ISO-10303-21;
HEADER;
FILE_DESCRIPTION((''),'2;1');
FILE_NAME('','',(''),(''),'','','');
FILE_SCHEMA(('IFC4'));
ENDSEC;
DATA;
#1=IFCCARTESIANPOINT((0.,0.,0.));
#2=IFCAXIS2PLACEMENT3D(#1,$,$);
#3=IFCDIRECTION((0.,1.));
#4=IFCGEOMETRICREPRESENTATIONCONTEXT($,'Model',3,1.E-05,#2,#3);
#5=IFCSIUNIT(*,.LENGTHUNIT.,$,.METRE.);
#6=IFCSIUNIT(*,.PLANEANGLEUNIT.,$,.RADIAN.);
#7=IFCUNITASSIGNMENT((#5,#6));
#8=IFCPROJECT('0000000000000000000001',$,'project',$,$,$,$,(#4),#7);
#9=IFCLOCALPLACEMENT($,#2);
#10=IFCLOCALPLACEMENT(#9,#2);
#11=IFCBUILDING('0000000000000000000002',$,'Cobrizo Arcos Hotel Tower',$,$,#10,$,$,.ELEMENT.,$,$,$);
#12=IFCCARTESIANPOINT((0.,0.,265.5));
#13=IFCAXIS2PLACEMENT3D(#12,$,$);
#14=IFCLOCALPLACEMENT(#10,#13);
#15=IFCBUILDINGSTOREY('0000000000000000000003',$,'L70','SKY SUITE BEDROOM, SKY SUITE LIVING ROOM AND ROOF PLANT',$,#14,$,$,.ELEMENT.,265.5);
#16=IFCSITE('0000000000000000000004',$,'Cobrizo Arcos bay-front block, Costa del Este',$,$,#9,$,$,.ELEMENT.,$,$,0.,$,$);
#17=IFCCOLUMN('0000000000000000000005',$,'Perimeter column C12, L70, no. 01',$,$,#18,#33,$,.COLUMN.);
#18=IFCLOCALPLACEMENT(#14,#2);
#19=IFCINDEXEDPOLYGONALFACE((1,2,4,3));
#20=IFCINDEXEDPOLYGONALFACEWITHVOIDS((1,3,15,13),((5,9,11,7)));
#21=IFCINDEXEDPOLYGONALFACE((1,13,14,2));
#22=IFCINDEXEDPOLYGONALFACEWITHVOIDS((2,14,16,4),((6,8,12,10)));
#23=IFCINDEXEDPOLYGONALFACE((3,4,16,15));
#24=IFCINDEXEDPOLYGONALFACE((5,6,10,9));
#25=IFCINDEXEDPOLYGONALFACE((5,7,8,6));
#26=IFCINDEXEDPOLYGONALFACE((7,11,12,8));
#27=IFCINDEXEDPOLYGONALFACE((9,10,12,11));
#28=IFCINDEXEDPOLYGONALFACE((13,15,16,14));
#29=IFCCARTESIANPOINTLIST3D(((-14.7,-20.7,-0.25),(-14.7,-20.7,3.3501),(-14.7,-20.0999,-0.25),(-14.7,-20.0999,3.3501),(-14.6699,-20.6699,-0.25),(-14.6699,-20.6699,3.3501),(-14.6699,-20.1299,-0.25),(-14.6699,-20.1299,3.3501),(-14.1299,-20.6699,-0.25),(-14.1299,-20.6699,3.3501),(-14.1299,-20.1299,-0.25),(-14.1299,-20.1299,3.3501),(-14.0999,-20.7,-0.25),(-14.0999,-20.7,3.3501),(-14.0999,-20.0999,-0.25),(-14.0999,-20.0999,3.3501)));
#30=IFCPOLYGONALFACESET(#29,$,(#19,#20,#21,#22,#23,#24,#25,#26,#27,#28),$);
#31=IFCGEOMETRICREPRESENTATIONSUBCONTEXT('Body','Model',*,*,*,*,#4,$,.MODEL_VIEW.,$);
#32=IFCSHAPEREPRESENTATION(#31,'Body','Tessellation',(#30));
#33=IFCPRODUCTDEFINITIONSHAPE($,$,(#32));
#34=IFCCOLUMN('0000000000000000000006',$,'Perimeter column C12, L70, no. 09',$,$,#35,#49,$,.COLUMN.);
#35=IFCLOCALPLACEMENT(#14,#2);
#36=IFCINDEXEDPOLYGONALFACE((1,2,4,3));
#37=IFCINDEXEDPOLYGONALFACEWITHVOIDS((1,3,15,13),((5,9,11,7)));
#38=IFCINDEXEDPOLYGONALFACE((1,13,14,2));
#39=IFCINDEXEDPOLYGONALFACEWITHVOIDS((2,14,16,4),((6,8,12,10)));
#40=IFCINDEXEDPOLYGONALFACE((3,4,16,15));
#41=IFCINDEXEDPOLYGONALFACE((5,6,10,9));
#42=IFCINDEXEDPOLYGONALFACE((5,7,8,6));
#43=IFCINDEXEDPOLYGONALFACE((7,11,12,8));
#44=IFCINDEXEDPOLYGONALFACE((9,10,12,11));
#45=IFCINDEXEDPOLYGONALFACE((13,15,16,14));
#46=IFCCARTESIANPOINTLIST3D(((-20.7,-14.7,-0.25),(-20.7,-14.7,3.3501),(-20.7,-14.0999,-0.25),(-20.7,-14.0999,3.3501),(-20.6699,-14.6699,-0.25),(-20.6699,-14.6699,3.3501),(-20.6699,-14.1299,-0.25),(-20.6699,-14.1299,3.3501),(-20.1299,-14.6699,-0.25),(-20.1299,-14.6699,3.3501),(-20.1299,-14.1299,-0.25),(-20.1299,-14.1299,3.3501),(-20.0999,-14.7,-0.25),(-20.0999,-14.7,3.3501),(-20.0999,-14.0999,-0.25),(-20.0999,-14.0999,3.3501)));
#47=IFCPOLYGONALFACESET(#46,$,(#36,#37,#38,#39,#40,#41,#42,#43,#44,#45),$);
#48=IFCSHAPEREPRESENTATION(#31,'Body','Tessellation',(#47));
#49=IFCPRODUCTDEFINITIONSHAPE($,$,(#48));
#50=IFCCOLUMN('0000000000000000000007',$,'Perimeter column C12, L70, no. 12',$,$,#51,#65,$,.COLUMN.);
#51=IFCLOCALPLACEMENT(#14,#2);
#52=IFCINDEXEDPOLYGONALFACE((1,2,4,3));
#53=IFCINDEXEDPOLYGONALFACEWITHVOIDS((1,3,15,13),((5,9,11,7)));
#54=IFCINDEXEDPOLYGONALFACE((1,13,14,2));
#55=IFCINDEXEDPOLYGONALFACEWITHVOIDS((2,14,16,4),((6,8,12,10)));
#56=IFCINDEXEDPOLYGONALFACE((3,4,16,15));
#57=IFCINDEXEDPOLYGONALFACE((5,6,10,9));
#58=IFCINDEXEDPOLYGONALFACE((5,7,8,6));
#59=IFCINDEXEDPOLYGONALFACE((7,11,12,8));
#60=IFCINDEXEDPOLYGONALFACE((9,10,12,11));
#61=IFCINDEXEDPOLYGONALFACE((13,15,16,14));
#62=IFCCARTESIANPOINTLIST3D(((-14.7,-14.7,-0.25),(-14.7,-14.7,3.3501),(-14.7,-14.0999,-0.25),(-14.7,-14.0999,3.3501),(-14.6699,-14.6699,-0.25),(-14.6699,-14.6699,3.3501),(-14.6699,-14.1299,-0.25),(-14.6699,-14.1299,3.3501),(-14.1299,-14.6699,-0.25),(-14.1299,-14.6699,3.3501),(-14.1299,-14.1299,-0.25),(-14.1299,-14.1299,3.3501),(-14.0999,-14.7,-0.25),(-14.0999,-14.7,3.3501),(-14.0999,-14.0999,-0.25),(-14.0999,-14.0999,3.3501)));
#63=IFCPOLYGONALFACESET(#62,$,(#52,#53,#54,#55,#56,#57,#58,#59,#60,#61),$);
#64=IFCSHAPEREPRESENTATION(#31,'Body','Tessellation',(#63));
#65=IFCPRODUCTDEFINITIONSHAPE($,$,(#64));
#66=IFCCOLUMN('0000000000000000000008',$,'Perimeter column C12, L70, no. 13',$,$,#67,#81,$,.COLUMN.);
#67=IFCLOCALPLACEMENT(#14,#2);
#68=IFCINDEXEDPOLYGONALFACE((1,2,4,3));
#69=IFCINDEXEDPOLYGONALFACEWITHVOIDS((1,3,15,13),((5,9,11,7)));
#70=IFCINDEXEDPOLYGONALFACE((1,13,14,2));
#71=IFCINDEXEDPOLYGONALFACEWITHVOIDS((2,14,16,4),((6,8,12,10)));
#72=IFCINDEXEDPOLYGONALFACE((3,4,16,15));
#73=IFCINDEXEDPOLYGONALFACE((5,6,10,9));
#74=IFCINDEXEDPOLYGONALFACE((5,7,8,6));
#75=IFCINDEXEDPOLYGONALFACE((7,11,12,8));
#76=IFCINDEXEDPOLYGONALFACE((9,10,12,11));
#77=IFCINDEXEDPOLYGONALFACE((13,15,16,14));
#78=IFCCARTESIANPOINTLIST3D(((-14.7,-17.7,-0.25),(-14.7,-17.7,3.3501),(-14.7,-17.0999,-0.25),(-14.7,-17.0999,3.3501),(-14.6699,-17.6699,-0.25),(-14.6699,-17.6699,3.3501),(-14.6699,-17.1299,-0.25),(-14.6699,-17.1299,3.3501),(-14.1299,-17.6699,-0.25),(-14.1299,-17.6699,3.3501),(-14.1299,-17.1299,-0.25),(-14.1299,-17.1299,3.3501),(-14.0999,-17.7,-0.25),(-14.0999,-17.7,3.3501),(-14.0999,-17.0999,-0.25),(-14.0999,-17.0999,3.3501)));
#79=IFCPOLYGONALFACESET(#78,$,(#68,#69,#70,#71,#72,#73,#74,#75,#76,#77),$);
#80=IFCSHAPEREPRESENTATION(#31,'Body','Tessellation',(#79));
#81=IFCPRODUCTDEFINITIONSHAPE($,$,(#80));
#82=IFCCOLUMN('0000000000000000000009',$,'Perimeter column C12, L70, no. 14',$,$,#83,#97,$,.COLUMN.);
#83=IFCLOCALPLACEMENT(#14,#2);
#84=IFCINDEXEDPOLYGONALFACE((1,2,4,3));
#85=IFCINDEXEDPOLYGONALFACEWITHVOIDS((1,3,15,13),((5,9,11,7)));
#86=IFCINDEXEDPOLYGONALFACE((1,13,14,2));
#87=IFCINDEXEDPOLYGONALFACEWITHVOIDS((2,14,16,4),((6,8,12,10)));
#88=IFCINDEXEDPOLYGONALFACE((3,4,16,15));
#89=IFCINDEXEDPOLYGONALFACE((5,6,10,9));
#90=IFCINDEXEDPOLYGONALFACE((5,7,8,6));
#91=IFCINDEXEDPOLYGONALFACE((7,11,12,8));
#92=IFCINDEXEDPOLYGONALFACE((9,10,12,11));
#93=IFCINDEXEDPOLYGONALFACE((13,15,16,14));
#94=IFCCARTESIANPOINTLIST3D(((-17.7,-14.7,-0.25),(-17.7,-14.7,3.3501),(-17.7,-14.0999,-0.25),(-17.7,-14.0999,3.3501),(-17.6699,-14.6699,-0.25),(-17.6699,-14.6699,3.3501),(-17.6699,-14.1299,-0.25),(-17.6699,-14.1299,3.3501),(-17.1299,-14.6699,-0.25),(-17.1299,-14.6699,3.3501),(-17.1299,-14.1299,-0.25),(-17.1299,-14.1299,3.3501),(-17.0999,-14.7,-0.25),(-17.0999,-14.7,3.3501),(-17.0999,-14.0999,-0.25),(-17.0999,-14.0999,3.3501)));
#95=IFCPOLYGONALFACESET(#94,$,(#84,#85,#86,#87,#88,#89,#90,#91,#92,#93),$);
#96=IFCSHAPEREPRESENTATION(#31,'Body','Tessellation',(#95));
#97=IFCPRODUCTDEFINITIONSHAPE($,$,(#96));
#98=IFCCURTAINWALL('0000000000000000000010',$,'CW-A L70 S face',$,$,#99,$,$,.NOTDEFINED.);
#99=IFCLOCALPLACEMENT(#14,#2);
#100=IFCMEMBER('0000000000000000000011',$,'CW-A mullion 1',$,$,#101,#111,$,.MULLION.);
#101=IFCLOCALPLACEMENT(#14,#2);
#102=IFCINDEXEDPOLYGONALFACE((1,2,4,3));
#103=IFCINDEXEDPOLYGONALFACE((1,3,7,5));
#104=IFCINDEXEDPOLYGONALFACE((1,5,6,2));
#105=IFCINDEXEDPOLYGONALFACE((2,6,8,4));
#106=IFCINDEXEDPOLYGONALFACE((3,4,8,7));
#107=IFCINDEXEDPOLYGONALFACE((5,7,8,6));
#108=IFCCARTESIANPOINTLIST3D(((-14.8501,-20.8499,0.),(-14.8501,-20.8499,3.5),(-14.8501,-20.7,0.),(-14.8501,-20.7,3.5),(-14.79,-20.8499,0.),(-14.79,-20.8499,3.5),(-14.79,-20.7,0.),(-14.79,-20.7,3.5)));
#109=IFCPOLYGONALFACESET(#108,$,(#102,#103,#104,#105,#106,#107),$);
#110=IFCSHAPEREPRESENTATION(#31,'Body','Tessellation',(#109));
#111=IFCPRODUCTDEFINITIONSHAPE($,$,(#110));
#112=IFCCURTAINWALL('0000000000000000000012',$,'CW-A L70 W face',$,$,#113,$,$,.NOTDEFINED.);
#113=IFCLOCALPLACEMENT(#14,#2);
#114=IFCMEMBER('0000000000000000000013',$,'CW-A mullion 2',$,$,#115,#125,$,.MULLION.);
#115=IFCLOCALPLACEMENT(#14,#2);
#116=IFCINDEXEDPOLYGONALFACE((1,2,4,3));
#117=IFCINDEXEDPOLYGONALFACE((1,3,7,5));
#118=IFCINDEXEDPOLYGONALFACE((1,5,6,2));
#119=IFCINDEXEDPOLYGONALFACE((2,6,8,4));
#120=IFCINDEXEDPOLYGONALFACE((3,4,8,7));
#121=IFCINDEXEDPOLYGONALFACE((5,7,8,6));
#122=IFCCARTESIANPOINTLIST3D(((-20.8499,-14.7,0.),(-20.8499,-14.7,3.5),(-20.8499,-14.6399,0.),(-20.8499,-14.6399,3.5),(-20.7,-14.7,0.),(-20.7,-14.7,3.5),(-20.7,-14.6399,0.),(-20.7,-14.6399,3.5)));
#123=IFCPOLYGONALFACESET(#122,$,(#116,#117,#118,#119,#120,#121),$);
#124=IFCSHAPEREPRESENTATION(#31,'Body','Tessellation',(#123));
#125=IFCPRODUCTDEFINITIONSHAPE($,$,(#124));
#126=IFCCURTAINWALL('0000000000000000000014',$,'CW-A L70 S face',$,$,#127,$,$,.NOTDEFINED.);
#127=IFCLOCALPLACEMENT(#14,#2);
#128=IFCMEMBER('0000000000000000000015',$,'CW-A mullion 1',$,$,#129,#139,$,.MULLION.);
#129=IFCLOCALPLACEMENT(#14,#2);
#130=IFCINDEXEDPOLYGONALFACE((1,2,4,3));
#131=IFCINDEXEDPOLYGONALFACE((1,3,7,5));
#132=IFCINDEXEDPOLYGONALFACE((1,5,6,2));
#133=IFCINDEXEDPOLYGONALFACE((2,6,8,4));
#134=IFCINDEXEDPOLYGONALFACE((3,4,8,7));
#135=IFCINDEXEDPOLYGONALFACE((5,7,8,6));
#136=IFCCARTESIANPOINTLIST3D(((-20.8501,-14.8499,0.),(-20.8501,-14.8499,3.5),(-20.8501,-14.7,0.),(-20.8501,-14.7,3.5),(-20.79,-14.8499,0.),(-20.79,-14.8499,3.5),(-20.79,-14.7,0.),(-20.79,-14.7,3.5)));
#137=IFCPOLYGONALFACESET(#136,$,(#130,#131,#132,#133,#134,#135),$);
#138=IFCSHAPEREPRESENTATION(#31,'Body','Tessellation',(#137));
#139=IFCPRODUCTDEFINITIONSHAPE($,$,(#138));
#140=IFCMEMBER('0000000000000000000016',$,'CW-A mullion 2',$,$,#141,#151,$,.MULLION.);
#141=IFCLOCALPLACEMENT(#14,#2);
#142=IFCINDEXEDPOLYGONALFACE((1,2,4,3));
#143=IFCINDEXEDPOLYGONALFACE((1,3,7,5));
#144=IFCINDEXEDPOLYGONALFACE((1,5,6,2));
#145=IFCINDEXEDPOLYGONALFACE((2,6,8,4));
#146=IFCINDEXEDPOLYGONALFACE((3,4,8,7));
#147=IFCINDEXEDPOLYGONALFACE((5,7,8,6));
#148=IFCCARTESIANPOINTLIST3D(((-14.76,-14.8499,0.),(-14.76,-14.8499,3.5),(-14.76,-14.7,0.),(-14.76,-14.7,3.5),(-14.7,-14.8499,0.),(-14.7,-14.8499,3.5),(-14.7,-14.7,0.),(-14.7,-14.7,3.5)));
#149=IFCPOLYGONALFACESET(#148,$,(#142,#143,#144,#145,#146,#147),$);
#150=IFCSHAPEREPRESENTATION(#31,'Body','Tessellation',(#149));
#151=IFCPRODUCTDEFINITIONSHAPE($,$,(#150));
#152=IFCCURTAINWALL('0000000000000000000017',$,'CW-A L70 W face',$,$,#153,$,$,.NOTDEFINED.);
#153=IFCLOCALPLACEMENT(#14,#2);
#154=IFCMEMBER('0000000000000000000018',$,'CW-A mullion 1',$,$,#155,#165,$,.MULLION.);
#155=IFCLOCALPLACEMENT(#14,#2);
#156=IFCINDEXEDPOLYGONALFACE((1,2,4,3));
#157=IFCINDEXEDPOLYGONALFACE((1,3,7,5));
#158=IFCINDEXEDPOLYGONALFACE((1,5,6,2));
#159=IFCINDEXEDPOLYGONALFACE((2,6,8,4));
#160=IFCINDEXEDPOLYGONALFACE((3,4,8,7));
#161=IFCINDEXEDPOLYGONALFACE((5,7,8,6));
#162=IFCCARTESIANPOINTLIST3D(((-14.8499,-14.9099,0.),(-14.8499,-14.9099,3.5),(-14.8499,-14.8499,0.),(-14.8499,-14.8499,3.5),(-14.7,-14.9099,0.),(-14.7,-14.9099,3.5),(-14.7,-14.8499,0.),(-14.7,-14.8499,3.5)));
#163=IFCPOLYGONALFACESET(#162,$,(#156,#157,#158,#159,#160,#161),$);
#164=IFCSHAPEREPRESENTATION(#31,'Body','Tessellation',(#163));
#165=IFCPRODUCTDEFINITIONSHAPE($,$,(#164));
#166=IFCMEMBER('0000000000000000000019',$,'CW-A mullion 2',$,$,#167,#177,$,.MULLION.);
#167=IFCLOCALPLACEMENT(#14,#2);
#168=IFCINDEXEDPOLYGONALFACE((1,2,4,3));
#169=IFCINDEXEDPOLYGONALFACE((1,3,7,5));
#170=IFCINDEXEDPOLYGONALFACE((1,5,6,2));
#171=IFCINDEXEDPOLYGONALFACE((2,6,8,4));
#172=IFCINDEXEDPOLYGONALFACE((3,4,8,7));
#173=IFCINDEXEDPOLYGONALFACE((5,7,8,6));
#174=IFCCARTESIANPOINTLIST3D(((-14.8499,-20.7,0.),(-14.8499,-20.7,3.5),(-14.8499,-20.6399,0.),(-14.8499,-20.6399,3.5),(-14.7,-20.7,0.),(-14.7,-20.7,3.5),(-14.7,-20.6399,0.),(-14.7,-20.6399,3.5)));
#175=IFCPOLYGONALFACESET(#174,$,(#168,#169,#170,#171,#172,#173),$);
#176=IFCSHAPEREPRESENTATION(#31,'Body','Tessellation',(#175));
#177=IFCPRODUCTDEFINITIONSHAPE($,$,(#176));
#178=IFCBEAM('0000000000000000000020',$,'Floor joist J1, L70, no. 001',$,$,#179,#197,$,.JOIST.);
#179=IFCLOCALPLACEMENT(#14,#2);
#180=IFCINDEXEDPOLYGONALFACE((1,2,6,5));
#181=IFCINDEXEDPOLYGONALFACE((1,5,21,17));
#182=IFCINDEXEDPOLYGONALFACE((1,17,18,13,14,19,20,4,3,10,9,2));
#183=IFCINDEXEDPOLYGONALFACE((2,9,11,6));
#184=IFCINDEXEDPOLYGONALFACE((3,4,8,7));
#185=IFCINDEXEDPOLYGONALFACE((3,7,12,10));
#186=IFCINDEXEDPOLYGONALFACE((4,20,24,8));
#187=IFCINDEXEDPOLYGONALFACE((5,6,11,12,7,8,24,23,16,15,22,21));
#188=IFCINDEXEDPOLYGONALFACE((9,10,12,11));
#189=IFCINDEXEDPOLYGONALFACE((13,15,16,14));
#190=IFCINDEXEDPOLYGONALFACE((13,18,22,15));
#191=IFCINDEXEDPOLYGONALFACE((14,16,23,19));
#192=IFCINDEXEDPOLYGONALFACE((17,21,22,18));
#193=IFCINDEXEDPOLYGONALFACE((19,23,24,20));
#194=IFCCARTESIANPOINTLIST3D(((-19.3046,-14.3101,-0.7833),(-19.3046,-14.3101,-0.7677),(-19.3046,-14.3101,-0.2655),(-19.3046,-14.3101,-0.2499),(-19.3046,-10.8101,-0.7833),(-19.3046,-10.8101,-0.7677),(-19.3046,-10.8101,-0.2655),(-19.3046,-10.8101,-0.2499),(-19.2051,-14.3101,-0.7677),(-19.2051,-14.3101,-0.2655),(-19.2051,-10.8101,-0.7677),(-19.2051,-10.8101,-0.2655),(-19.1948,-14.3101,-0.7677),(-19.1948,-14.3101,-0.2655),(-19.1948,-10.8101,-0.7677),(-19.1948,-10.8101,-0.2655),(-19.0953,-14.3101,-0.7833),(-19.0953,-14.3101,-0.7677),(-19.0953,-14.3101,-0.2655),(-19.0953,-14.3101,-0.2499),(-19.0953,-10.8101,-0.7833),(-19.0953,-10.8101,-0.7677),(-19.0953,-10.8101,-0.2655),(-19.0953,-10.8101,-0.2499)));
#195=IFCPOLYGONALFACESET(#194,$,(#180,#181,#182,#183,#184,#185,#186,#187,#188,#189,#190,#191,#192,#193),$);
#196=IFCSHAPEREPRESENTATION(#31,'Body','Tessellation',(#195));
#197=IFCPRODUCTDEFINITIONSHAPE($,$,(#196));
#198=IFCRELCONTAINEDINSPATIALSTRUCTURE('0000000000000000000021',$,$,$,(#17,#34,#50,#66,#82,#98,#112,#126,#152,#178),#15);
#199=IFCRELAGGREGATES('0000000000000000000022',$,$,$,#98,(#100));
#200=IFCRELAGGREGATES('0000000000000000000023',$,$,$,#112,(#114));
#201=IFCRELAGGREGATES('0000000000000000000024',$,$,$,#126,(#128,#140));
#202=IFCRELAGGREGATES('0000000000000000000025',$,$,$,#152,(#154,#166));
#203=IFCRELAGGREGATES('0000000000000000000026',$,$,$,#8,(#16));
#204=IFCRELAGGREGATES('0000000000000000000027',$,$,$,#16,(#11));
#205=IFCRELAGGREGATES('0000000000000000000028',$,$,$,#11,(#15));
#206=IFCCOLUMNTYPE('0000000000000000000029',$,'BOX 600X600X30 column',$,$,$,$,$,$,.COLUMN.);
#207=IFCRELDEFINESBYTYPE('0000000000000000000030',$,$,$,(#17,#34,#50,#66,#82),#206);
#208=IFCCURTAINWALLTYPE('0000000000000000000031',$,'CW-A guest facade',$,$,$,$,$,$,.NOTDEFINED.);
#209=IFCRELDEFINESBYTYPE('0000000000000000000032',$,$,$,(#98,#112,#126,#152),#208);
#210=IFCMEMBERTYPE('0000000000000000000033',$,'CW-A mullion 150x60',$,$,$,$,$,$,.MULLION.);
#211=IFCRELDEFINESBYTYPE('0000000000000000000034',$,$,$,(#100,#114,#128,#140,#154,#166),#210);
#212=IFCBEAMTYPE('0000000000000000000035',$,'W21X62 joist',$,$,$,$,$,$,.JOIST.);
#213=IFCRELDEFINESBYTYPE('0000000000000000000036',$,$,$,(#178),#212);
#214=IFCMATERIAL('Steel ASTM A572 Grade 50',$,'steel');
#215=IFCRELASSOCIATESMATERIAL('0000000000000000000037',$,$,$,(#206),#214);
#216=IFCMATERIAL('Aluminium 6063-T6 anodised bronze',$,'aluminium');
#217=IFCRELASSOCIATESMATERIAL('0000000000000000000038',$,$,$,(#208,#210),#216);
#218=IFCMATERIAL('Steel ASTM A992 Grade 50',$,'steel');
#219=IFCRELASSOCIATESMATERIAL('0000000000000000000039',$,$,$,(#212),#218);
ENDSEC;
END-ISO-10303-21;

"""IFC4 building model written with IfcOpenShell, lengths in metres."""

from ifc_helpers import new_model, si_unit, direction, frame, origin, origin_2d, place, context, subcontext, project, spatial, rectangle, hollow_rectangle, i_section, extrude, material, material_profile, profile_set, type_object, element, aggregate, save


model = new_model("IFC4")

# Units and contexts
model_context = context("Model", 3, precision=1e-05, world=origin(), true_north=direction((0.0, 1.0)))
body_context = subcontext(model_context, "Body", "Model", "MODEL_VIEW")
ifc_project = project(units=[si_unit("LENGTHUNIT", "METRE"), si_unit("PLANEANGLEUNIT", "RADIAN")], contexts=[model_context])

# Site, building, storey
site_placement = place(None, origin())
site = spatial("IfcSite", under=ifc_project, at=site_placement, Name="Cobrizo Arcos bay-front block, Costa del Este", CompositionType="ELEMENT", RefElevation=0.0)
building_placement = place(site_placement, origin())
building = spatial("IfcBuilding", under=site, at=building_placement, Name="Cobrizo Arcos Hotel Tower", CompositionType="ELEMENT")
storey_placement = place(building_placement, frame((0.0, 0.0, 265.5)))
storey = spatial("IfcBuildingStorey", under=building, at=storey_placement, Name="L70", Description="SKY SUITE BEDROOM, SKY SUITE LIVING ROOM AND ROOF PLANT", CompositionType="ELEMENT", Elevation=265.5)

# Columns
ifc_material_1 = material(Name="Steel ASTM A572 Grade 50", Category="steel")
ifc_material_profile_1 = material_profile(ifc_material_1, hollow_rectangle(XDim=0.6001, YDim=0.6001, WallThickness=0.03, at=origin_2d()), Name="BOX 600X600X30")
ifc_profile_set_1 = profile_set([ifc_material_profile_1], Name="Steel ASTM A572 Grade 50")
column_type = type_object("IfcColumnType", Name="BOX 600X600X30 column", PredefinedType="COLUMN", material=ifc_profile_set_1)
for number, where, z_axis, x_axis, name in (
    (1, (-14.3999, -20.3999, -0.25), (0.0, 0.0, 1.0), (1.0, 0.0, 0.0), "Perimeter column C12, L70, no. 01"),
    (2, (-20.3999, -14.3999, -0.25), (0.0, 0.0, 1.0), (1.0, 0.0, 0.0), "Perimeter column C12, L70, no. 09"),
    (3, (-14.3999, -14.3999, -0.25), (0.0, 0.0, 1.0), (1.0, 0.0, 0.0), "Perimeter column C12, L70, no. 12"),
    (4, (-14.3999, -17.3999, -0.25), (0.0, 0.0, 1.0), (1.0, 0.0, 0.0), "Perimeter column C12, L70, no. 13"),
    (5, (-17.3999, -14.3999, -0.25), (0.0, 0.0, 1.0), (1.0, 0.0, 0.0), "Perimeter column C12, L70, no. 14"),
):
    element("IfcColumn", number, at=place(storey_placement, frame(where, z_axis=z_axis, x_axis=x_axis)), inside=storey, type_object=column_type, Name=name, PredefinedType="COLUMN", context=body_context, shape_type="SweptSolid", body=[
        extrude(hollow_rectangle(XDim=0.6001, YDim=0.6001, WallThickness=0.03, at=origin_2d()), origin(), (0.0, 0.0, 1.0), 3.6001),
    ])

# Curtain walls, members
ifc_material_2 = material(Name="Aluminium 6063-T6 anodised bronze", Category="aluminium")
curtain_wall_type = type_object("IfcCurtainWallType", Name="CW-A guest facade", PredefinedType="NOTDEFINED", material=ifc_material_2)
curtain_wall_1_placement = place(storey_placement, origin())
curtain_wall_1 = element("IfcCurtainWall", 6, at=curtain_wall_1_placement, inside=storey, type_object=curtain_wall_type, Name="CW-A L70 S face", PredefinedType="NOTDEFINED")
ifc_material_profile_2 = material_profile(ifc_material_2, rectangle(XDim=0.1499, YDim=0.0601, at=origin_2d()), Name="CW-A mullion 150x60")
ifc_profile_set_2 = profile_set([ifc_material_profile_2], Name="Aluminium 6063-T6 anodised bronze")
member_type = type_object("IfcMemberType", Name="CW-A mullion 150x60", PredefinedType="MULLION", material=ifc_profile_set_2)
member_1_placement = place(storey_placement, frame((-14.8201, -20.7749, 0.0), z_axis=(0.0, 0.0, 1.0), x_axis=(0.0, -1.0, 0.0)))
member_1 = element("IfcMember", 7, at=member_1_placement, type_object=member_type, Name="CW-A mullion 1", PredefinedType="MULLION", context=body_context, shape_type="SweptSolid", body=[
    extrude(rectangle(XDim=0.1499, YDim=0.0601, at=origin_2d()), origin(), (0.0, 0.0, 1.0), 3.5),
])
aggregate(curtain_wall_1, [member_1])
curtain_wall_2_placement = place(storey_placement, origin())
curtain_wall_2 = element("IfcCurtainWall", 8, at=curtain_wall_2_placement, inside=storey, type_object=curtain_wall_type, Name="CW-A L70 W face", PredefinedType="NOTDEFINED")
member_2_placement = place(storey_placement, frame((-20.7749, -14.6699, 0.0), z_axis=(0.0, 0.0, 1.0), x_axis=(-1.0, 0.0, 0.0)))
member_2 = element("IfcMember", 9, at=member_2_placement, type_object=member_type, Name="CW-A mullion 2", PredefinedType="MULLION", context=body_context, shape_type="SweptSolid", body=[
    extrude(rectangle(XDim=0.1499, YDim=0.0601, at=origin_2d()), origin(), (0.0, 0.0, 1.0), 3.5),
])
aggregate(curtain_wall_2, [member_2])

# Curtain walls, members
curtain_wall_3_placement = place(storey_placement, origin())
curtain_wall_3 = element("IfcCurtainWall", 10, at=curtain_wall_3_placement, inside=storey, type_object=curtain_wall_type, Name="CW-A L70 S face", PredefinedType="NOTDEFINED")
member_3_placement = place(storey_placement, frame((-20.8201, -14.7749, 0.0), z_axis=(0.0, 0.0, 1.0), x_axis=(0.0, -1.0, 0.0)))
member_3 = element("IfcMember", 11, at=member_3_placement, type_object=member_type, Name="CW-A mullion 1", PredefinedType="MULLION", context=body_context, shape_type="SweptSolid", body=[
    extrude(rectangle(XDim=0.1499, YDim=0.0601, at=origin_2d()), origin(), (0.0, 0.0, 1.0), 3.5),
])
member_4_placement = place(storey_placement, frame((-14.73, -14.7749, 0.0), z_axis=(0.0, 0.0, 1.0), x_axis=(0.0, -1.0, 0.0)))
member_4 = element("IfcMember", 12, at=member_4_placement, type_object=member_type, Name="CW-A mullion 2", PredefinedType="MULLION", context=body_context, shape_type="SweptSolid", body=[
    extrude(rectangle(XDim=0.1499, YDim=0.0601, at=origin_2d()), origin(), (0.0, 0.0, 1.0), 3.5),
])
curtain_wall_4_placement = place(storey_placement, origin())
curtain_wall_4 = element("IfcCurtainWall", 13, at=curtain_wall_4_placement, inside=storey, type_object=curtain_wall_type, Name="CW-A L70 W face", PredefinedType="NOTDEFINED")
member_5_placement = place(storey_placement, frame((-14.7749, -14.8799, 0.0), z_axis=(0.0, 0.0, 1.0), x_axis=(-1.0, 0.0, 0.0)))
member_5 = element("IfcMember", 14, at=member_5_placement, type_object=member_type, Name="CW-A mullion 1", PredefinedType="MULLION", context=body_context, shape_type="SweptSolid", body=[
    extrude(rectangle(XDim=0.1499, YDim=0.0601, at=origin_2d()), origin(), (0.0, 0.0, 1.0), 3.5),
])
member_6_placement = place(storey_placement, frame((-14.7749, -20.6699, 0.0), z_axis=(0.0, 0.0, 1.0), x_axis=(-1.0, 0.0, 0.0)))
member_6 = element("IfcMember", 15, at=member_6_placement, type_object=member_type, Name="CW-A mullion 2", PredefinedType="MULLION", context=body_context, shape_type="SweptSolid", body=[
    extrude(rectangle(XDim=0.1499, YDim=0.0601, at=origin_2d()), origin(), (0.0, 0.0, 1.0), 3.5),
])

# Beam
ifc_material_3 = material(Name="Steel ASTM A992 Grade 50", Category="steel")
ifc_material_profile_3 = material_profile(ifc_material_3, i_section(OverallWidth=0.2092, OverallDepth=0.5334, WebThickness=0.0103, FlangeThickness=0.0156, at=origin_2d()), Name="W21X62")
ifc_profile_set_3 = profile_set([ifc_material_profile_3], Name="Steel ASTM A992 Grade 50")
beam_type_1 = type_object("IfcBeamType", Name="W21X62 joist", PredefinedType="JOIST", material=ifc_profile_set_3)
beam_1_placement = place(storey_placement, frame((-19.2, -14.3101, -0.5166), z_axis=(0.0, 1.0, 0.0), x_axis=(-1.0, 0.0, 0.0)))
element("IfcBeam", 16, at=beam_1_placement, inside=storey, type_object=beam_type_1, Name="Floor joist J1, L70, no. 001", PredefinedType="JOIST", context=body_context, shape_type="SweptSolid", body=[
    extrude(i_section(OverallWidth=0.2092, OverallDepth=0.5334, WebThickness=0.0103, FlangeThickness=0.0156, at=origin_2d()), origin(), (0.0, 0.0, 1.0), 3.5),
])

aggregate(curtain_wall_3, [member_3, member_4])
aggregate(curtain_wall_4, [member_5, member_6])

save(model, "model.ifc")
